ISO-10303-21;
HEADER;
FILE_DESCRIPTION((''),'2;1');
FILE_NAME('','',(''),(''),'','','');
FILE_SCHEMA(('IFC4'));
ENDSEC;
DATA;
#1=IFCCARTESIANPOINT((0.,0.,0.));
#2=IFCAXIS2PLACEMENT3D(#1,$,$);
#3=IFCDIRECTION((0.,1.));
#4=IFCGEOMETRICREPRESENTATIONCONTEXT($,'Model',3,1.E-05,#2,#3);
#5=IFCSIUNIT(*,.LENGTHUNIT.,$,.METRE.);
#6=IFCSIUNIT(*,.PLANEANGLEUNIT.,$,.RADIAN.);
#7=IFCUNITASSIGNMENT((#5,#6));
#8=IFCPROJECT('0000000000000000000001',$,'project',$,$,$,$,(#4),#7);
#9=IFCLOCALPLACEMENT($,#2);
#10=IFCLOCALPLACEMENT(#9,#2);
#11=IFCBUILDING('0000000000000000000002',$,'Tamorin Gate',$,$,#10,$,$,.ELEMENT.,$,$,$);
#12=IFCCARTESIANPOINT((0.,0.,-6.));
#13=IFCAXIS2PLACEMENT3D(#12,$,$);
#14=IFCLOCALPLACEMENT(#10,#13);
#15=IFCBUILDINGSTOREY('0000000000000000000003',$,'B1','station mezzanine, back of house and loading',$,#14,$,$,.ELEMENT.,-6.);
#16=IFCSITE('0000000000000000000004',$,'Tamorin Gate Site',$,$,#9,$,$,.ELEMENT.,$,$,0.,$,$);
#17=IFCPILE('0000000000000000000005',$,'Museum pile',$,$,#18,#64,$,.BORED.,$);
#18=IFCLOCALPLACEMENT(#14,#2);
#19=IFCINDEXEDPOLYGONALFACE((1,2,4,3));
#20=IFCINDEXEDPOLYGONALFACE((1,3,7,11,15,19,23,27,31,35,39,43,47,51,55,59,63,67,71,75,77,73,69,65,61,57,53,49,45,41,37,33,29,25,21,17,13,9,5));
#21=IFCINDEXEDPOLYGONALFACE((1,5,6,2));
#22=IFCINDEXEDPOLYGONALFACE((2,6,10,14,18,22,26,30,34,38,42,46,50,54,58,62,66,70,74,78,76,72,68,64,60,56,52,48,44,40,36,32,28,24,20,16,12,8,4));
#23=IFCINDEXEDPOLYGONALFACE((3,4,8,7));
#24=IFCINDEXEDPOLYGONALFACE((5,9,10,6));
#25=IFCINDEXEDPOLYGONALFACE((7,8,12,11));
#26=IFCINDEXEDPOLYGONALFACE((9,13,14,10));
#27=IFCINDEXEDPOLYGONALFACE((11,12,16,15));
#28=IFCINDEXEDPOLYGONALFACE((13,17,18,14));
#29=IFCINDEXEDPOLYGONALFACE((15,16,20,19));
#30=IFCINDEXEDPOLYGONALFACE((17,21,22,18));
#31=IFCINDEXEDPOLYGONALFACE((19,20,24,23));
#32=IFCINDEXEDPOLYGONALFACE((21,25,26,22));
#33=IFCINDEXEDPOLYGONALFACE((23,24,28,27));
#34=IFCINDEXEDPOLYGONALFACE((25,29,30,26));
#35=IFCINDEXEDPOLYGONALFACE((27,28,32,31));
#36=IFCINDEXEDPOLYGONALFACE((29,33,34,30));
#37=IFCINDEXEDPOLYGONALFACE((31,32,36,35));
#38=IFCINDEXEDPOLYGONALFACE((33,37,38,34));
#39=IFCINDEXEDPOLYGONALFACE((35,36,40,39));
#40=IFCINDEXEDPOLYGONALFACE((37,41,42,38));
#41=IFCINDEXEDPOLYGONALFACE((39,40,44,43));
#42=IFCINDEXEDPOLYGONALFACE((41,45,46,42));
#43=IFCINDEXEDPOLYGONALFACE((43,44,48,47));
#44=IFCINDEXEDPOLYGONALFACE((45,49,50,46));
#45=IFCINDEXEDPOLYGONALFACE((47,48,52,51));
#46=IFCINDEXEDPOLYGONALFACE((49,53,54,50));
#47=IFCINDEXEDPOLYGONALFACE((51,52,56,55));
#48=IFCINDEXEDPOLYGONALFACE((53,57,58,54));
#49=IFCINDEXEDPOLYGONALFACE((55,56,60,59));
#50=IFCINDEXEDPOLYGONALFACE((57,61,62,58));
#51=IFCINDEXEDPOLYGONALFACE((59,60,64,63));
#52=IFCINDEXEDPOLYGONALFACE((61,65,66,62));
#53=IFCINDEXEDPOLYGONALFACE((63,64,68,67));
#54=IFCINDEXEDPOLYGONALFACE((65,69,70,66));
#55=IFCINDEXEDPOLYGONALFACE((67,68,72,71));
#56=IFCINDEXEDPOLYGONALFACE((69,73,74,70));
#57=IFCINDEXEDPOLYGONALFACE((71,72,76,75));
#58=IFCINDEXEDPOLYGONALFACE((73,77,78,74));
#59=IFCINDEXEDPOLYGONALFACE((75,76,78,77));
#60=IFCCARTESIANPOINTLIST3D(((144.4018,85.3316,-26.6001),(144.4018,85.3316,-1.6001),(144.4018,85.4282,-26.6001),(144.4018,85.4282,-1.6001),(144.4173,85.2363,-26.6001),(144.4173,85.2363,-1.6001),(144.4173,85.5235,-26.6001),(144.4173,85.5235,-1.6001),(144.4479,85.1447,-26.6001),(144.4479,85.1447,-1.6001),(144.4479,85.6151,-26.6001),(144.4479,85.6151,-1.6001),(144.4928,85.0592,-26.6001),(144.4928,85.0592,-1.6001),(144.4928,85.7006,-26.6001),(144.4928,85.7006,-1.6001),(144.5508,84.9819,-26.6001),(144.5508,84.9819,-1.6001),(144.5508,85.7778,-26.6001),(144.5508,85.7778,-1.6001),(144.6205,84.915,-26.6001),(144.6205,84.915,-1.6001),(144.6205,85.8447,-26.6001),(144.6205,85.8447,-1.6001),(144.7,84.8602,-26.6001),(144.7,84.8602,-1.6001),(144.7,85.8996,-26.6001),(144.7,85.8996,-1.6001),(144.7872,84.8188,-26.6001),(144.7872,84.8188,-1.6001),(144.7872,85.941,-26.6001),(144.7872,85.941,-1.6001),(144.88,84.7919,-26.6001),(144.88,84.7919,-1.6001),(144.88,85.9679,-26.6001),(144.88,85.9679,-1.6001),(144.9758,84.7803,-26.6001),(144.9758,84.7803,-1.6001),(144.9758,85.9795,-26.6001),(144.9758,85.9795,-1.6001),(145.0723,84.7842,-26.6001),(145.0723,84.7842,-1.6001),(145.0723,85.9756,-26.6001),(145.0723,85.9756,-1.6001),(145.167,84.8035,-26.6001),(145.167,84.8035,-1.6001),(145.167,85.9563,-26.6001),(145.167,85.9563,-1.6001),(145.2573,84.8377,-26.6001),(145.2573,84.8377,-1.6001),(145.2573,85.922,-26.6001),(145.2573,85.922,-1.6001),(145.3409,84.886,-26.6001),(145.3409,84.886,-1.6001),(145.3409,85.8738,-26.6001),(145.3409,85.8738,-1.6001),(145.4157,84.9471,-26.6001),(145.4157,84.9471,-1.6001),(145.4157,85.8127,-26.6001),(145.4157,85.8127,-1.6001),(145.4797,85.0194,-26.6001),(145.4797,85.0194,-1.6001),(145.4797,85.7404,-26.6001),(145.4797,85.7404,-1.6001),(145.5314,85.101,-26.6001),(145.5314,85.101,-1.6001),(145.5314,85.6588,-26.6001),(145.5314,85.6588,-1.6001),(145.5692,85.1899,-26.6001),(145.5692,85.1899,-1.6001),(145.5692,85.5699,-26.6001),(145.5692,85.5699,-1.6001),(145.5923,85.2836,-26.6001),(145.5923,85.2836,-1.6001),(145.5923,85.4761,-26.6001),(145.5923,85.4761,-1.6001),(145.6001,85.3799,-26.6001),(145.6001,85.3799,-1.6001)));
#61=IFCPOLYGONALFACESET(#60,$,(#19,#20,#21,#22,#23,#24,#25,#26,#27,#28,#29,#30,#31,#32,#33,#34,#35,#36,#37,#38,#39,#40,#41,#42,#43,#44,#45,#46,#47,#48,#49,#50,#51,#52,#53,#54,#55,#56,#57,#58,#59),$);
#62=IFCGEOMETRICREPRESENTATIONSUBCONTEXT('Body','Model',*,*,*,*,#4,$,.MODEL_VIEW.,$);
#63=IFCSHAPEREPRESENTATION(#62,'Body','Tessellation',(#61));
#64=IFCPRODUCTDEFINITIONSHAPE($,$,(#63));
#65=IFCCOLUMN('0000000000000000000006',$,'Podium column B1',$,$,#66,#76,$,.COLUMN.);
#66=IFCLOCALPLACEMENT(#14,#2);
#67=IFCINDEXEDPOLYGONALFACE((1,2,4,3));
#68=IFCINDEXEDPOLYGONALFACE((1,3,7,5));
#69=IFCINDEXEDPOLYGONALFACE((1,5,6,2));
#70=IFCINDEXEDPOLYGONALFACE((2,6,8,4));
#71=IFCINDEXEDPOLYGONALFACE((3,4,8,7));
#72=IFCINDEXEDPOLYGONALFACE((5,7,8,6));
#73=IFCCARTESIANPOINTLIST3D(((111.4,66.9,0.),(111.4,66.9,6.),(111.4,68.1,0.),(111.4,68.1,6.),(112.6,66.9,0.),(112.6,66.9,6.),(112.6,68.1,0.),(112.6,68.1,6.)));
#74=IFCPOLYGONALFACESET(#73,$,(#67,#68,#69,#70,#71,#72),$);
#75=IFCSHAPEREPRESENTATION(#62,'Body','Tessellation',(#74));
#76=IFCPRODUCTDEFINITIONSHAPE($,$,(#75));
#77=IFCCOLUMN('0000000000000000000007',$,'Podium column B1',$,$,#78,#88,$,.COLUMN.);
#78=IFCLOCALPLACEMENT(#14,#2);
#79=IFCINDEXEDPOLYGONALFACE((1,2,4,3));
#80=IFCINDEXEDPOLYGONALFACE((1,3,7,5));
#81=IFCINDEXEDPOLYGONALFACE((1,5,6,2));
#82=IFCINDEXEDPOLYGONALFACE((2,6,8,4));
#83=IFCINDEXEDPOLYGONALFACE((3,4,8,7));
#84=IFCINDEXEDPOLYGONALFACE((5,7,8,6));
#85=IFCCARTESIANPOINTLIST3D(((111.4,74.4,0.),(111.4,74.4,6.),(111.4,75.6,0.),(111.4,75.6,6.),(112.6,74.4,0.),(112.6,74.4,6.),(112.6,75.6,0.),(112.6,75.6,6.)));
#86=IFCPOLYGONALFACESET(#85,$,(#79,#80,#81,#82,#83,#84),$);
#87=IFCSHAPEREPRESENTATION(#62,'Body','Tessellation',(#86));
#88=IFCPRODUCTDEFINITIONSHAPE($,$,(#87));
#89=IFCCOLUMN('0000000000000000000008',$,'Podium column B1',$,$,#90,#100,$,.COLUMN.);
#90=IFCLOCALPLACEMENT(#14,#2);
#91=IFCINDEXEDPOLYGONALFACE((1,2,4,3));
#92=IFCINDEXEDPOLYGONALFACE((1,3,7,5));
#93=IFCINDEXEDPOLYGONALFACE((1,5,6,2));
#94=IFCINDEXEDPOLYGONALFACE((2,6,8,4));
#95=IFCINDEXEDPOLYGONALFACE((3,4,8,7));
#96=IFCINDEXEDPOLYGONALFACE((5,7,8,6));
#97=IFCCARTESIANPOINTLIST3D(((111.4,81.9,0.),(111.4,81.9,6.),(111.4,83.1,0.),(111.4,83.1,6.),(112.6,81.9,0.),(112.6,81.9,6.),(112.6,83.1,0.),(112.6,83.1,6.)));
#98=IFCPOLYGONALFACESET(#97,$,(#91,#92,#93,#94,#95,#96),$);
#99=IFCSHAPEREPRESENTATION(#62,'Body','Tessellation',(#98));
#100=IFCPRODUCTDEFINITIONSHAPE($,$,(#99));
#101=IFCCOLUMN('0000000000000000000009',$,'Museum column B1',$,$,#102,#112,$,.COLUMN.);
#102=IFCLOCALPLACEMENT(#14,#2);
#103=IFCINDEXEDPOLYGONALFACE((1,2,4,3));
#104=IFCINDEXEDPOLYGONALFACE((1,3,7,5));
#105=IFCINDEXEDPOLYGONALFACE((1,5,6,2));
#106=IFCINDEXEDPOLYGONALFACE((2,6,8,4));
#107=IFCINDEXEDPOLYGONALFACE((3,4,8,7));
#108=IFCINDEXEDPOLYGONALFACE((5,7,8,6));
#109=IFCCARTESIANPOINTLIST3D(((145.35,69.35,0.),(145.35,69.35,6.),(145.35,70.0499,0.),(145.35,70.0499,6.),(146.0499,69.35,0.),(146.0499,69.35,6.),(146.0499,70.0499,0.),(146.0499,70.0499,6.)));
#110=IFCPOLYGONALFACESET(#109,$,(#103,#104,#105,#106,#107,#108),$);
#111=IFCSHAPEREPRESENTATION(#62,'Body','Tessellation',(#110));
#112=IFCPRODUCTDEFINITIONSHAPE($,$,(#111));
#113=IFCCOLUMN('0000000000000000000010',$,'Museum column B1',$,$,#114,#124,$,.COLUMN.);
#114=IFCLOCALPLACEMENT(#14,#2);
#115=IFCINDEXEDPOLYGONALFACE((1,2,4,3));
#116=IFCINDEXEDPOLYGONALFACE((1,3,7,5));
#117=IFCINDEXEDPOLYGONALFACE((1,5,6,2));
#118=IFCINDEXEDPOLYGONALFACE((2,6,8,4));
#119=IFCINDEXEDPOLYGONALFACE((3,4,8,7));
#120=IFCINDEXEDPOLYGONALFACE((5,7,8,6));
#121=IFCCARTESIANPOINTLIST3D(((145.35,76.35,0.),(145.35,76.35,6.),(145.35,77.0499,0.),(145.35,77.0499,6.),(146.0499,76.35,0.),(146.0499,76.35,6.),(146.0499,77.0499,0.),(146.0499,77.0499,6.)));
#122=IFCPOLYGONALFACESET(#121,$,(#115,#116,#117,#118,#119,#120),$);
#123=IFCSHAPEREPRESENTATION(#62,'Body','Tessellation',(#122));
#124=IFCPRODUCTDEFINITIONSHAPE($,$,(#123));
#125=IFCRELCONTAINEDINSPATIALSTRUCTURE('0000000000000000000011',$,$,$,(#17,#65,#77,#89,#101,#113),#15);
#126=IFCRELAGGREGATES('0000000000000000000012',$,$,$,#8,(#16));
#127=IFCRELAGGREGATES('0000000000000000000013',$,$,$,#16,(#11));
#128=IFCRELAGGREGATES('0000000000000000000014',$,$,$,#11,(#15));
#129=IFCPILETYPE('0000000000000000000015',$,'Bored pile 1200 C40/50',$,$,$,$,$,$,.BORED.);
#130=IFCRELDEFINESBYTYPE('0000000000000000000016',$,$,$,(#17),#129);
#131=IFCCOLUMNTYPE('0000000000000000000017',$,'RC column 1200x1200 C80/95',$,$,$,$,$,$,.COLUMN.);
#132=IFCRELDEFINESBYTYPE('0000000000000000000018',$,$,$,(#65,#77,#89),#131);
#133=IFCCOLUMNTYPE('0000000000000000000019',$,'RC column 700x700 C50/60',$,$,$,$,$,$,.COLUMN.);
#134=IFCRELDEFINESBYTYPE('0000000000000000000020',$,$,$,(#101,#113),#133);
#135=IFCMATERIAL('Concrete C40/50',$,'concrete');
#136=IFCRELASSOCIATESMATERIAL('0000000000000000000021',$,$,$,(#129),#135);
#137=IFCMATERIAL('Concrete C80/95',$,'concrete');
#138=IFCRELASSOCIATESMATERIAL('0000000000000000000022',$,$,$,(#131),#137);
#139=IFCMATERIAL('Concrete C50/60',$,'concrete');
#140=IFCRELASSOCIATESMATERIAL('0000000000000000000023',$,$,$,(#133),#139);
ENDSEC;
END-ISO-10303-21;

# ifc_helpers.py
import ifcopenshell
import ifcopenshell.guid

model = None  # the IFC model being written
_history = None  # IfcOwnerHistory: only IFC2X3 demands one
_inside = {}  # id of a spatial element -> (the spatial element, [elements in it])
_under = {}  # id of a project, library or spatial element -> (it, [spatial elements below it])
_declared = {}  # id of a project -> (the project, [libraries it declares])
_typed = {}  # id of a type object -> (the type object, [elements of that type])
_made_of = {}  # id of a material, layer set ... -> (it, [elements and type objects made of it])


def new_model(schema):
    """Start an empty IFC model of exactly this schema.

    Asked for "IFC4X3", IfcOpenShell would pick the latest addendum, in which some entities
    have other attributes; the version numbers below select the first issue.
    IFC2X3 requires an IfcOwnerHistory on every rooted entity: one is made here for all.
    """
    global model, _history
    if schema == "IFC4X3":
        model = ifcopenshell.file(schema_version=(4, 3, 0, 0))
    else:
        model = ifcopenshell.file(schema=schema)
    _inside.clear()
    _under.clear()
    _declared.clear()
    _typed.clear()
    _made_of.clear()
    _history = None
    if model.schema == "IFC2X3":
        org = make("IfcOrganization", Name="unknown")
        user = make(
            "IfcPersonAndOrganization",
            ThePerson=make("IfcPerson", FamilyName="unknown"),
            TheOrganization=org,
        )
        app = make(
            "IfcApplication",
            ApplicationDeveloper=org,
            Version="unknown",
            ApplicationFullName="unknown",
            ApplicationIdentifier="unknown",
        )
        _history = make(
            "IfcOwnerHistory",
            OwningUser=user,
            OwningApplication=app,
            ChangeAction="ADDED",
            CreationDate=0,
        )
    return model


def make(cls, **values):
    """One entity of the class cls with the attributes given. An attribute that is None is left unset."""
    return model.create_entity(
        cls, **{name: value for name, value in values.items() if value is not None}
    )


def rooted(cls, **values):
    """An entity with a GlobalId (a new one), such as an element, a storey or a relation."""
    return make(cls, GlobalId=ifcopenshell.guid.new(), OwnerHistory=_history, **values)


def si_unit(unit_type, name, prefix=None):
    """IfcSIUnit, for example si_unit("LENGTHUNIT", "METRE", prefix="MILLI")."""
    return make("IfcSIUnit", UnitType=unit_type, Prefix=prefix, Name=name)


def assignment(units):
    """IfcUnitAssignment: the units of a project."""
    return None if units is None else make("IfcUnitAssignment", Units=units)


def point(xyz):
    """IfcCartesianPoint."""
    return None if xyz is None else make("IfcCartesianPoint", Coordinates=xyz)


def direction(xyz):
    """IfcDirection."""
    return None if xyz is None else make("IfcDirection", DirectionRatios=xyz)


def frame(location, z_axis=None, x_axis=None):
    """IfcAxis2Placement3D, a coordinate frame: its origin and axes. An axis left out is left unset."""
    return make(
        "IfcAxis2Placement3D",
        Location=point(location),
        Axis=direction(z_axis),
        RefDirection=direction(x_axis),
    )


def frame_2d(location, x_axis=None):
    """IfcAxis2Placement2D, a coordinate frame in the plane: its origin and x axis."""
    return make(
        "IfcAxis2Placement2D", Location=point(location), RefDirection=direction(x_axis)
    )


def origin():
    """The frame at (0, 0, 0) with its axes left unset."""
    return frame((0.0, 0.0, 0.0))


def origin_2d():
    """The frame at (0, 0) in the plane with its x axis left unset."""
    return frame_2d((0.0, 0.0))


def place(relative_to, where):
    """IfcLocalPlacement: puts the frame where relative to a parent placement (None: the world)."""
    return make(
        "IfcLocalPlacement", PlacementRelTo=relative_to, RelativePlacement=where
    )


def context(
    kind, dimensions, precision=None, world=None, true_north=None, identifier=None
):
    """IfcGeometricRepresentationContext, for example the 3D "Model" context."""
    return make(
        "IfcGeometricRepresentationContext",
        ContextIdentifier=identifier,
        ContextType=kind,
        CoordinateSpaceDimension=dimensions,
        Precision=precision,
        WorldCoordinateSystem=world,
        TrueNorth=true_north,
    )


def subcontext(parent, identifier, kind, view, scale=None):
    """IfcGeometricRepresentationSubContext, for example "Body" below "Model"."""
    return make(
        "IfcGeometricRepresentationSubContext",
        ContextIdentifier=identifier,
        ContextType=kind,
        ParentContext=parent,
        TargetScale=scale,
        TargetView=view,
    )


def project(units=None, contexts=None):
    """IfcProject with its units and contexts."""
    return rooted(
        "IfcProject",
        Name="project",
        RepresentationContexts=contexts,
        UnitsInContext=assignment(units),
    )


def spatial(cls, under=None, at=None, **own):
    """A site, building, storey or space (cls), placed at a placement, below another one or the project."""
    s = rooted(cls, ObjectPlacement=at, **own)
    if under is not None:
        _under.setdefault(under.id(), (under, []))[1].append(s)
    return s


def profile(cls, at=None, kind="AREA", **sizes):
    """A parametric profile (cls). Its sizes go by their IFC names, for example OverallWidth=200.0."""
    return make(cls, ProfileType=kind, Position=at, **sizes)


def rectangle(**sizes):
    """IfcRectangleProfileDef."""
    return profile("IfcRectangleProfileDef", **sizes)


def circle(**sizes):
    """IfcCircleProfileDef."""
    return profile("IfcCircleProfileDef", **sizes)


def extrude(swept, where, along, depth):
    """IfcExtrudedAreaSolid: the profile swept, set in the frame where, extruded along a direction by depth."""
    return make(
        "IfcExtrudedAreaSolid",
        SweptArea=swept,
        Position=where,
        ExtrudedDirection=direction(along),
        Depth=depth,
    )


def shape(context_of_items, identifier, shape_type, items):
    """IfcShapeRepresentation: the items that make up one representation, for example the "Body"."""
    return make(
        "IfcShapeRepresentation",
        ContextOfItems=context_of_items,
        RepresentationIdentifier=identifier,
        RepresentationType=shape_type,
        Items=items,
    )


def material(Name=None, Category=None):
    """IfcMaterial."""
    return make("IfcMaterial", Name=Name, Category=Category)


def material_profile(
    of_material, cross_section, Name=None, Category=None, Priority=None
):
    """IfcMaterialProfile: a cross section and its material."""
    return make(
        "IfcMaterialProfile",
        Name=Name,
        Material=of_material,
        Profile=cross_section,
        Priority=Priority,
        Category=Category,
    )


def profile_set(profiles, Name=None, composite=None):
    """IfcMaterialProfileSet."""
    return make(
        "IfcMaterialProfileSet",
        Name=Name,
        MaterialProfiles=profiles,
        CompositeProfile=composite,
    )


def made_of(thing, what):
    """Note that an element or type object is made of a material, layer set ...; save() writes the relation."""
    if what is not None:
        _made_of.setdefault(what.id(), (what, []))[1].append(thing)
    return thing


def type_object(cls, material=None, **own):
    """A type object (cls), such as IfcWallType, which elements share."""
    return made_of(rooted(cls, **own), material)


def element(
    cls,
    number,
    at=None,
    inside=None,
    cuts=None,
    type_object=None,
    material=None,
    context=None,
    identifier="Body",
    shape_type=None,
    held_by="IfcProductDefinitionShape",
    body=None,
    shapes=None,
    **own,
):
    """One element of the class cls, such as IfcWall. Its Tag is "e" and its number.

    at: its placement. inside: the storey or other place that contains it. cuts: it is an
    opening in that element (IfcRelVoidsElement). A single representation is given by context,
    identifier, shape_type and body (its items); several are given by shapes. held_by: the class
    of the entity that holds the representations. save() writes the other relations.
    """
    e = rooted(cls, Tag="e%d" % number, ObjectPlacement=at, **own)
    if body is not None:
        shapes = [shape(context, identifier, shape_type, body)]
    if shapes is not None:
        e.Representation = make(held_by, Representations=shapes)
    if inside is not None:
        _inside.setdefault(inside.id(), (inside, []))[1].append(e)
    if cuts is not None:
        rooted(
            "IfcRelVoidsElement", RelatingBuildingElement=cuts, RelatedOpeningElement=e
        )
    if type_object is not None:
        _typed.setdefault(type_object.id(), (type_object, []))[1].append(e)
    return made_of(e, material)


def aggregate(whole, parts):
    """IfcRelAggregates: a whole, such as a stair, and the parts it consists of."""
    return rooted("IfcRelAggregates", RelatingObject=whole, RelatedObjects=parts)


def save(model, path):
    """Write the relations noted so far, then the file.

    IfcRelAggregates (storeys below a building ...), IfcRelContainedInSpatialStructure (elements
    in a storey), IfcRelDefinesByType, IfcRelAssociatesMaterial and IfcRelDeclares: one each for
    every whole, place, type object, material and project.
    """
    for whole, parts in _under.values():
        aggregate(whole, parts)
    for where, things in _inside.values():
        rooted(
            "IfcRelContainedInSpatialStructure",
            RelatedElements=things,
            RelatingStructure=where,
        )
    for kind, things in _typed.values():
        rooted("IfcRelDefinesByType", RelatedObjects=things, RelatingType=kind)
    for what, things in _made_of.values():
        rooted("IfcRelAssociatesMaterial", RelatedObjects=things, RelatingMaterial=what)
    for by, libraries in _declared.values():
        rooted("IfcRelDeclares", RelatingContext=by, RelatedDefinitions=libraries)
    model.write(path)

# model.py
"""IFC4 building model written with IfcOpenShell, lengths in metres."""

from ifc_helpers import new_model, si_unit, direction, frame, origin, origin_2d, place, context, subcontext, project, spatial, rectangle, circle, extrude, material, material_profile, profile_set, type_object, element, save


model = new_model("IFC4")

# Units and contexts
model_context = context("Model", 3, precision=1e-05, world=origin(), true_north=direction((0.0, 1.0)))
body_context = subcontext(model_context, "Body", "Model", "MODEL_VIEW")
ifc_project = project(units=[si_unit("LENGTHUNIT", "METRE"), si_unit("PLANEANGLEUNIT", "RADIAN")], contexts=[model_context])

# Site, building, storey
site_placement = place(None, origin())
site = spatial("IfcSite", under=ifc_project, at=site_placement, Name="Tamorin Gate Site", CompositionType="ELEMENT", RefElevation=0.0)
building_placement = place(site_placement, origin())
building = spatial("IfcBuilding", under=site, at=building_placement, Name="Tamorin Gate", CompositionType="ELEMENT")
storey_placement = place(building_placement, frame((0.0, 0.0, -6.0)))
storey = spatial("IfcBuildingStorey", under=building, at=storey_placement, Name="B1", Description="station mezzanine, back of house and loading", CompositionType="ELEMENT", Elevation=-6.0)

# Pile
ifc_material_1 = material(Name="Concrete C40/50", Category="concrete")
ifc_material_profile_1 = material_profile(ifc_material_1, circle(Radius=0.6001, at=origin_2d()))
ifc_profile_set_1 = profile_set([ifc_material_profile_1], Name="Concrete C40/50")
pile_type = type_object("IfcPileType", Name="Bored pile 1200 C40/50", PredefinedType="BORED", material=ifc_profile_set_1)
for number, where, z_axis, x_axis, name in (
    (1, (145.0, 85.3799, -1.6001), (0.0, 0.0, -1.0), (1.0, 0.0, 0.0), "Museum pile"),
):
    element("IfcPile", number, at=place(storey_placement, frame(where, z_axis=z_axis, x_axis=x_axis)), inside=storey, type_object=pile_type, Name=name, PredefinedType="BORED", context=body_context, shape_type="SweptSolid", body=[
        extrude(circle(Radius=0.6001, at=origin_2d()), origin(), (0.0, 0.0, 1.0), 25.0),
    ])

# Columns
ifc_material_2 = material(Name="Concrete C80/95", Category="concrete")
ifc_material_profile_2 = material_profile(ifc_material_2, rectangle(XDim=1.2, YDim=1.2, at=origin_2d()), Name="RC 1200x1200")
ifc_profile_set_2 = profile_set([ifc_material_profile_2], Name="Concrete C80/95")
column_type_1 = type_object("IfcColumnType", Name="RC column 1200x1200 C80/95", PredefinedType="COLUMN", material=ifc_profile_set_2)
for number, where, z_axis, x_axis, name in (
    (2, (112.0, 67.5, 0.0), (0.0, 0.0, 1.0), (1.0, 0.0, 0.0), "Podium column B1"),
    (3, (112.0, 75.0, 0.0), (0.0, 0.0, 1.0), (1.0, 0.0, 0.0), "Podium column B1"),
    (4, (112.0, 82.5, 0.0), (0.0, 0.0, 1.0), (1.0, 0.0, 0.0), "Podium column B1"),
):
    element("IfcColumn", number, at=place(storey_placement, frame(where, z_axis=z_axis, x_axis=x_axis)), inside=storey, type_object=column_type_1, Name=name, PredefinedType="COLUMN", context=body_context, shape_type="SweptSolid", body=[
        extrude(rectangle(XDim=1.2, YDim=1.2, at=origin_2d()), origin(), (0.0, 0.0, 1.0), 6.0),
    ])
ifc_material_3 = material(Name="Concrete C50/60", Category="concrete")
ifc_material_profile_3 = material_profile(ifc_material_3, rectangle(XDim=0.7, YDim=0.7, at=origin_2d()), Name="RC 700x700")
ifc_profile_set_3 = profile_set([ifc_material_profile_3], Name="Concrete C50/60")
column_type_2 = type_object("IfcColumnType", Name="RC column 700x700 C50/60", PredefinedType="COLUMN", material=ifc_profile_set_3)
for number, where, z_axis, x_axis, name in (
    (5, (145.7, 69.7, 0.0), (0.0, 0.0, 1.0), (1.0, 0.0, 0.0), "Museum column B1"),
    (6, (145.7, 76.7, 0.0), (0.0, 0.0, 1.0), (1.0, 0.0, 0.0), "Museum column B1"),
):
    element("IfcColumn", number, at=place(storey_placement, frame(where, z_axis=z_axis, x_axis=x_axis)), inside=storey, type_object=column_type_2, Name=name, PredefinedType="COLUMN", context=body_context, shape_type="SweptSolid", body=[
        extrude(rectangle(XDim=0.7, YDim=0.7, at=origin_2d()), origin(), (0.0, 0.0, 1.0), 6.0),
    ])

save(model, "model.ifc")
